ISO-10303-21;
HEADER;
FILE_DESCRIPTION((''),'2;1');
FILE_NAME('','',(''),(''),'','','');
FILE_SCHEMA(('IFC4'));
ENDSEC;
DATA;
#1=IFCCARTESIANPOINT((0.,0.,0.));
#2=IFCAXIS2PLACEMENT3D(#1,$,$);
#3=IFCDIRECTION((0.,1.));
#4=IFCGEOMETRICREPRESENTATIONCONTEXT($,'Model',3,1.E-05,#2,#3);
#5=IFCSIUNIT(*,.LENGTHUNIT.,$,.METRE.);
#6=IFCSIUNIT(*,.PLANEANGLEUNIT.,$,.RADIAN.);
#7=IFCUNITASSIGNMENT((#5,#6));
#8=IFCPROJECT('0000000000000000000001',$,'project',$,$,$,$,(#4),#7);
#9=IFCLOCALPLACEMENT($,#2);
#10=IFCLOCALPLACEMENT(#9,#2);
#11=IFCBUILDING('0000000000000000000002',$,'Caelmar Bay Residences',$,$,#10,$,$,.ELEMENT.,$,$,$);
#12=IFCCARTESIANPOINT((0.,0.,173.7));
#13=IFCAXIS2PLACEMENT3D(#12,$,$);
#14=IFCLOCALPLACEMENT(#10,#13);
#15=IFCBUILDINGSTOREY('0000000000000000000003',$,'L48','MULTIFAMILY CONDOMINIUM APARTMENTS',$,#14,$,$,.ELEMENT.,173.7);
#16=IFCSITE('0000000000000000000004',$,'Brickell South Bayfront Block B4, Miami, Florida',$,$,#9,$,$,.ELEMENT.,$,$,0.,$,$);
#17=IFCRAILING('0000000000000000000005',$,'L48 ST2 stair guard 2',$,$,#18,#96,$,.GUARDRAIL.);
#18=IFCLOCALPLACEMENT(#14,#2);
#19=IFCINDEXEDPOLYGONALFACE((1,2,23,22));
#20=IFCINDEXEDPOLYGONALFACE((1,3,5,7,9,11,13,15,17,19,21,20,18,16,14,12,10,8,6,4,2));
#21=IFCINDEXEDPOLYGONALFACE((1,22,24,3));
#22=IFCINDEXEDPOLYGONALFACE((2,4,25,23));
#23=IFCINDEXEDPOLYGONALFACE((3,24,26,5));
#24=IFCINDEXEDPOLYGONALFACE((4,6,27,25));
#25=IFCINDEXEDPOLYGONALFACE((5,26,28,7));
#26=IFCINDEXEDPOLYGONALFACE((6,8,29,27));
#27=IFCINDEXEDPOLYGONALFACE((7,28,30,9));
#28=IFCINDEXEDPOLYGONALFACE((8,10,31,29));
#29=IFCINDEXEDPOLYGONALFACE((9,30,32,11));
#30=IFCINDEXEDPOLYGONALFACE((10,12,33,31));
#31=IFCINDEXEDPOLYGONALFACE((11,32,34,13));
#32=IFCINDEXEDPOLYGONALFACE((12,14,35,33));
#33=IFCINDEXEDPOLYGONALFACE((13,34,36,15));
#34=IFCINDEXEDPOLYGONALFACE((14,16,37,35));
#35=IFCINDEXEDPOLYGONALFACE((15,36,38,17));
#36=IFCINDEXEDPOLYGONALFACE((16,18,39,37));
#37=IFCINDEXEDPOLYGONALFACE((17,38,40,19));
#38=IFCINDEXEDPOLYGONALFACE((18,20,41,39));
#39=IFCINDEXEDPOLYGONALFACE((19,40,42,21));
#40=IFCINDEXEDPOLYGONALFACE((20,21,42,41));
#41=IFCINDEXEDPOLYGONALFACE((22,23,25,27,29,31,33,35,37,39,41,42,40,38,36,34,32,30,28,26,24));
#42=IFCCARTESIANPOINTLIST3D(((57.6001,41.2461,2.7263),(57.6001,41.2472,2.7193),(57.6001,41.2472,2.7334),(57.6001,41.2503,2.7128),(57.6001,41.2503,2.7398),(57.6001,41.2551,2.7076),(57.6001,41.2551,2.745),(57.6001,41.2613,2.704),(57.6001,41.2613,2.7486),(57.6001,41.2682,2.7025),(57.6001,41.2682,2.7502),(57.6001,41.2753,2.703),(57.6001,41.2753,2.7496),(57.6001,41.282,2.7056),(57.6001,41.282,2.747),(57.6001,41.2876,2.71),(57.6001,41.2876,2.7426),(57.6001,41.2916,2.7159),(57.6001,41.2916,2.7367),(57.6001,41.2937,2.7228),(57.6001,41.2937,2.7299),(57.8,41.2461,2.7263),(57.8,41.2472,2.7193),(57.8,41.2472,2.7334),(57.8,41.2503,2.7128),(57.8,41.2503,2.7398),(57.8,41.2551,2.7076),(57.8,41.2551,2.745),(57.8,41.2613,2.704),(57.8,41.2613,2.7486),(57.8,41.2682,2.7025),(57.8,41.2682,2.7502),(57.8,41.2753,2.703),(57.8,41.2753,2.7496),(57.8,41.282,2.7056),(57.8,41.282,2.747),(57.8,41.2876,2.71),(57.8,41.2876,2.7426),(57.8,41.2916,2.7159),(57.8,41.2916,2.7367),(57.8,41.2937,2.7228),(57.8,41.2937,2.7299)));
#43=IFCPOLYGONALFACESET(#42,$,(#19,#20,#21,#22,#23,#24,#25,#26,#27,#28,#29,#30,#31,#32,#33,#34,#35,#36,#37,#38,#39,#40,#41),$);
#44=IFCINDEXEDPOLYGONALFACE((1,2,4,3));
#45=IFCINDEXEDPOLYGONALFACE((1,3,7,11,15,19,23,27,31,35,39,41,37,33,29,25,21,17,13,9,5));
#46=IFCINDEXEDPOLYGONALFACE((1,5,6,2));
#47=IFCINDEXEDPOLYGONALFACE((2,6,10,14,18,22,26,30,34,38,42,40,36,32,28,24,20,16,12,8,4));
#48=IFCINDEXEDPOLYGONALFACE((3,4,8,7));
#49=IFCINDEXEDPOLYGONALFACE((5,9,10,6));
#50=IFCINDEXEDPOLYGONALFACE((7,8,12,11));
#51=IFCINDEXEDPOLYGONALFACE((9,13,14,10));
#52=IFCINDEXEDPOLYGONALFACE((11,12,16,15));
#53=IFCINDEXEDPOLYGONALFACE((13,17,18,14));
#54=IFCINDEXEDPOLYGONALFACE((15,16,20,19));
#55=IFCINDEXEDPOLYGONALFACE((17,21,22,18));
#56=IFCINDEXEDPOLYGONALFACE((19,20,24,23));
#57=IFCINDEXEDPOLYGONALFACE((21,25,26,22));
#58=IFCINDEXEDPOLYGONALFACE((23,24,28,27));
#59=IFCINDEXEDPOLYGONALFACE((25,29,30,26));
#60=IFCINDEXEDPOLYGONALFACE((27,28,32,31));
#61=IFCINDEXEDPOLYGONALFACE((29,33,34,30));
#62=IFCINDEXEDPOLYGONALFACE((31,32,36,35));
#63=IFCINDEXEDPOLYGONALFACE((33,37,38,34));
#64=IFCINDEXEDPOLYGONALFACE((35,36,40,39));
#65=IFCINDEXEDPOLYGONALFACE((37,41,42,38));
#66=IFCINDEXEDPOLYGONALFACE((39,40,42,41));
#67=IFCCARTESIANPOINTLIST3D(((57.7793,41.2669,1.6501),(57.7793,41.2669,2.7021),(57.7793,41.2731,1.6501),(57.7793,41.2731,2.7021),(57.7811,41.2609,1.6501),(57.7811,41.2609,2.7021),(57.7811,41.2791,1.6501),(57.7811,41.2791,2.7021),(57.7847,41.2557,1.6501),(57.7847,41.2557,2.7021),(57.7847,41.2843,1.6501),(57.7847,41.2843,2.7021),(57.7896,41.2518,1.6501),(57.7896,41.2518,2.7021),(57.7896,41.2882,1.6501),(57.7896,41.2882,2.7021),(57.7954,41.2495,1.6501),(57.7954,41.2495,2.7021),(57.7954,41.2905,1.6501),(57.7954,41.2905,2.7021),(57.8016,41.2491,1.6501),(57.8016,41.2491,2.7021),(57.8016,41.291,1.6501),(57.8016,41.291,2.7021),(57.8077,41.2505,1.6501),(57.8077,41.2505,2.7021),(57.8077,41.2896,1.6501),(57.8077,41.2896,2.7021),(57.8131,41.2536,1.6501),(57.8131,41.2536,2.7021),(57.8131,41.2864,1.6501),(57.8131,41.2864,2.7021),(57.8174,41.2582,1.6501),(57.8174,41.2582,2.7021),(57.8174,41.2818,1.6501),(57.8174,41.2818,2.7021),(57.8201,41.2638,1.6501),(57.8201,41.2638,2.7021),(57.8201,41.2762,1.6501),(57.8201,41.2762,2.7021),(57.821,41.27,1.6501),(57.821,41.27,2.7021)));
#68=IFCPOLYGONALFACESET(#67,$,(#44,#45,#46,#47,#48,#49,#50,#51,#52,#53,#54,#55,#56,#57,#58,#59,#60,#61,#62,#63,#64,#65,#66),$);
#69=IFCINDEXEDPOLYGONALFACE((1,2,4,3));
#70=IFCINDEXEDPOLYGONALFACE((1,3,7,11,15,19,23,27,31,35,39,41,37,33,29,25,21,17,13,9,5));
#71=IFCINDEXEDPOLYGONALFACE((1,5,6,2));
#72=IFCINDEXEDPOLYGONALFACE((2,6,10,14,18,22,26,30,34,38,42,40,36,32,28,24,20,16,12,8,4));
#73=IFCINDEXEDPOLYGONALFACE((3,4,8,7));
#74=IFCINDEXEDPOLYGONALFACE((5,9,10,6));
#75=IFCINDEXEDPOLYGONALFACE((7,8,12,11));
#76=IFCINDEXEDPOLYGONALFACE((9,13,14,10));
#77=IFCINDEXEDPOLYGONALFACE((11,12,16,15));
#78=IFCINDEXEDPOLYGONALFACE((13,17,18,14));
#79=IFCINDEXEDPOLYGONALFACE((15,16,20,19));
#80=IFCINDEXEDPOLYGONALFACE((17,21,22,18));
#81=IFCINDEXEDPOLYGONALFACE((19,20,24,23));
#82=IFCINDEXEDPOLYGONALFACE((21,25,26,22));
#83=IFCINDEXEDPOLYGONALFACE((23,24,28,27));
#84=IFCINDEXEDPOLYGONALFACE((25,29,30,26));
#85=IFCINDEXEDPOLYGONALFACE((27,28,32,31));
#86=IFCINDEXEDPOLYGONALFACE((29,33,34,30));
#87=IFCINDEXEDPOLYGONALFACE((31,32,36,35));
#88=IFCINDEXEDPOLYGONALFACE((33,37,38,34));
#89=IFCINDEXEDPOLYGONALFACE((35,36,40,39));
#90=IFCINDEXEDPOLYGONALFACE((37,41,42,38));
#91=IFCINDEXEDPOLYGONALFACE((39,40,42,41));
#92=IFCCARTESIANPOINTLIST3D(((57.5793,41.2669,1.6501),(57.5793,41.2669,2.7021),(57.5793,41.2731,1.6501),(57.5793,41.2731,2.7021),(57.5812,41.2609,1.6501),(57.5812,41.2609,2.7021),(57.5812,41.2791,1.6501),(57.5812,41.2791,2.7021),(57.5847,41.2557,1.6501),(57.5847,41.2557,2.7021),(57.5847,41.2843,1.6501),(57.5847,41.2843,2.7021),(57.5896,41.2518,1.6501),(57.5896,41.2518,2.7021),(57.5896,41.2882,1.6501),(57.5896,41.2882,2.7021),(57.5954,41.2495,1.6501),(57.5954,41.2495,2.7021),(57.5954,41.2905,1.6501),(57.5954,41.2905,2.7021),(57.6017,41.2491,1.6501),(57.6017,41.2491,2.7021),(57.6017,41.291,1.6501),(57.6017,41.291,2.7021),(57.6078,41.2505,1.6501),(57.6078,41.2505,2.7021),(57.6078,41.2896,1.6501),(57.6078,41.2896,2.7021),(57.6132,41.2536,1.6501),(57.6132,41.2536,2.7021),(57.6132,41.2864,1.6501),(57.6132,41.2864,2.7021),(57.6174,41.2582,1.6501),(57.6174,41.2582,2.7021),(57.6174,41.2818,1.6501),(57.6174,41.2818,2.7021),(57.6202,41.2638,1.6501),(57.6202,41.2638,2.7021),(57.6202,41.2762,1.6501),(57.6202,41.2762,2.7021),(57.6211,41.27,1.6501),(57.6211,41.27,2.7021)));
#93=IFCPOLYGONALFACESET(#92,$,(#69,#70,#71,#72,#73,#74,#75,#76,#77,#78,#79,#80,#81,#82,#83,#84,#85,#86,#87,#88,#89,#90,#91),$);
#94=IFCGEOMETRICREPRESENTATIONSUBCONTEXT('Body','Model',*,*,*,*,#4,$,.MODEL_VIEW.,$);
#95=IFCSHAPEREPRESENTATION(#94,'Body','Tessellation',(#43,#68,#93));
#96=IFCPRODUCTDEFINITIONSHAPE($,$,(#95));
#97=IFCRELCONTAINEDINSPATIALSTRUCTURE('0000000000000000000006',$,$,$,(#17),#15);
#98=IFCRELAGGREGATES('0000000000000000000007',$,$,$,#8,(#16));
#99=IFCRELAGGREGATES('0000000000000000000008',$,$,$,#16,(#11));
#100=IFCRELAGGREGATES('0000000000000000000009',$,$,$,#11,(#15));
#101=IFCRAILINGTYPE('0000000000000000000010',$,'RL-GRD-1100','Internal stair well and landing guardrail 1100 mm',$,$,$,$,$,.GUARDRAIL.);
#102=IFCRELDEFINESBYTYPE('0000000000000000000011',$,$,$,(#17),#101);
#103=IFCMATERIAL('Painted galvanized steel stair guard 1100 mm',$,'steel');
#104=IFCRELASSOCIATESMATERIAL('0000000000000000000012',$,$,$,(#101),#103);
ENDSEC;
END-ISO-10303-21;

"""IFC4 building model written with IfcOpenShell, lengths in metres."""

from ifc_helpers import new_model, si_unit, direction, frame, origin, origin_2d, place, context, subcontext, project, spatial, circle, extrude, material, type_object, element, save


model = new_model("IFC4")

# Units and contexts
model_context = context("Model", 3, precision=1e-05, world=origin(), true_north=direction((0.0, 1.0)))
body_context = subcontext(model_context, "Body", "Model", "MODEL_VIEW")
ifc_project = project(units=[si_unit("LENGTHUNIT", "METRE"), si_unit("PLANEANGLEUNIT", "RADIAN")], contexts=[model_context])

# Site, building, storey
site_placement = place(None, origin())
site = spatial("IfcSite", under=ifc_project, at=site_placement, Name="Brickell South Bayfront Block B4, Miami, Florida", CompositionType="ELEMENT", RefElevation=0.0)
building_placement = place(site_placement, origin())
building = spatial("IfcBuilding", under=site, at=building_placement, Name="Caelmar Bay Residences", CompositionType="ELEMENT")
storey_placement = place(building_placement, frame((0.0, 0.0, 173.7)))
storey = spatial("IfcBuildingStorey", under=building, at=storey_placement, Name="L48", Description="MULTIFAMILY CONDOMINIUM APARTMENTS", CompositionType="ELEMENT", Elevation=173.7)

# Railing
ifc_material_1 = material(Name="Painted galvanized steel stair guard 1100 mm", Category="steel")
railing_type_1 = type_object("IfcRailingType", Name="RL-GRD-1100", Description="Internal stair well and landing guardrail 1100 mm", PredefinedType="GUARDRAIL", material=ifc_material_1)
railing_1_placement = place(storey_placement, frame((57.8, 41.27, 1.6501)))
element("IfcRailing", 1, at=railing_1_placement, inside=storey, type_object=railing_type_1, Name="L48 ST2 stair guard 2", PredefinedType="GUARDRAIL", context=body_context, shape_type="SweptSolid", body=[
    extrude(circle(Radius=0.0239, at=origin_2d()), frame((0.0, 0.0, 1.0762), z_axis=(-1.0, 0.0, 0.0), x_axis=(0.0, -1.0, 0.0)), (0.0, 0.0, 1.0), 0.2),
    extrude(circle(Radius=0.021, at=origin_2d()), origin(), (0.0, 0.0, 1.0), 1.052),
    extrude(circle(Radius=0.021, at=origin_2d()), frame((-0.2, 0.0, 0.0)), (0.0, 0.0, 1.0), 1.052),
])

save(model, "model.ifc")
